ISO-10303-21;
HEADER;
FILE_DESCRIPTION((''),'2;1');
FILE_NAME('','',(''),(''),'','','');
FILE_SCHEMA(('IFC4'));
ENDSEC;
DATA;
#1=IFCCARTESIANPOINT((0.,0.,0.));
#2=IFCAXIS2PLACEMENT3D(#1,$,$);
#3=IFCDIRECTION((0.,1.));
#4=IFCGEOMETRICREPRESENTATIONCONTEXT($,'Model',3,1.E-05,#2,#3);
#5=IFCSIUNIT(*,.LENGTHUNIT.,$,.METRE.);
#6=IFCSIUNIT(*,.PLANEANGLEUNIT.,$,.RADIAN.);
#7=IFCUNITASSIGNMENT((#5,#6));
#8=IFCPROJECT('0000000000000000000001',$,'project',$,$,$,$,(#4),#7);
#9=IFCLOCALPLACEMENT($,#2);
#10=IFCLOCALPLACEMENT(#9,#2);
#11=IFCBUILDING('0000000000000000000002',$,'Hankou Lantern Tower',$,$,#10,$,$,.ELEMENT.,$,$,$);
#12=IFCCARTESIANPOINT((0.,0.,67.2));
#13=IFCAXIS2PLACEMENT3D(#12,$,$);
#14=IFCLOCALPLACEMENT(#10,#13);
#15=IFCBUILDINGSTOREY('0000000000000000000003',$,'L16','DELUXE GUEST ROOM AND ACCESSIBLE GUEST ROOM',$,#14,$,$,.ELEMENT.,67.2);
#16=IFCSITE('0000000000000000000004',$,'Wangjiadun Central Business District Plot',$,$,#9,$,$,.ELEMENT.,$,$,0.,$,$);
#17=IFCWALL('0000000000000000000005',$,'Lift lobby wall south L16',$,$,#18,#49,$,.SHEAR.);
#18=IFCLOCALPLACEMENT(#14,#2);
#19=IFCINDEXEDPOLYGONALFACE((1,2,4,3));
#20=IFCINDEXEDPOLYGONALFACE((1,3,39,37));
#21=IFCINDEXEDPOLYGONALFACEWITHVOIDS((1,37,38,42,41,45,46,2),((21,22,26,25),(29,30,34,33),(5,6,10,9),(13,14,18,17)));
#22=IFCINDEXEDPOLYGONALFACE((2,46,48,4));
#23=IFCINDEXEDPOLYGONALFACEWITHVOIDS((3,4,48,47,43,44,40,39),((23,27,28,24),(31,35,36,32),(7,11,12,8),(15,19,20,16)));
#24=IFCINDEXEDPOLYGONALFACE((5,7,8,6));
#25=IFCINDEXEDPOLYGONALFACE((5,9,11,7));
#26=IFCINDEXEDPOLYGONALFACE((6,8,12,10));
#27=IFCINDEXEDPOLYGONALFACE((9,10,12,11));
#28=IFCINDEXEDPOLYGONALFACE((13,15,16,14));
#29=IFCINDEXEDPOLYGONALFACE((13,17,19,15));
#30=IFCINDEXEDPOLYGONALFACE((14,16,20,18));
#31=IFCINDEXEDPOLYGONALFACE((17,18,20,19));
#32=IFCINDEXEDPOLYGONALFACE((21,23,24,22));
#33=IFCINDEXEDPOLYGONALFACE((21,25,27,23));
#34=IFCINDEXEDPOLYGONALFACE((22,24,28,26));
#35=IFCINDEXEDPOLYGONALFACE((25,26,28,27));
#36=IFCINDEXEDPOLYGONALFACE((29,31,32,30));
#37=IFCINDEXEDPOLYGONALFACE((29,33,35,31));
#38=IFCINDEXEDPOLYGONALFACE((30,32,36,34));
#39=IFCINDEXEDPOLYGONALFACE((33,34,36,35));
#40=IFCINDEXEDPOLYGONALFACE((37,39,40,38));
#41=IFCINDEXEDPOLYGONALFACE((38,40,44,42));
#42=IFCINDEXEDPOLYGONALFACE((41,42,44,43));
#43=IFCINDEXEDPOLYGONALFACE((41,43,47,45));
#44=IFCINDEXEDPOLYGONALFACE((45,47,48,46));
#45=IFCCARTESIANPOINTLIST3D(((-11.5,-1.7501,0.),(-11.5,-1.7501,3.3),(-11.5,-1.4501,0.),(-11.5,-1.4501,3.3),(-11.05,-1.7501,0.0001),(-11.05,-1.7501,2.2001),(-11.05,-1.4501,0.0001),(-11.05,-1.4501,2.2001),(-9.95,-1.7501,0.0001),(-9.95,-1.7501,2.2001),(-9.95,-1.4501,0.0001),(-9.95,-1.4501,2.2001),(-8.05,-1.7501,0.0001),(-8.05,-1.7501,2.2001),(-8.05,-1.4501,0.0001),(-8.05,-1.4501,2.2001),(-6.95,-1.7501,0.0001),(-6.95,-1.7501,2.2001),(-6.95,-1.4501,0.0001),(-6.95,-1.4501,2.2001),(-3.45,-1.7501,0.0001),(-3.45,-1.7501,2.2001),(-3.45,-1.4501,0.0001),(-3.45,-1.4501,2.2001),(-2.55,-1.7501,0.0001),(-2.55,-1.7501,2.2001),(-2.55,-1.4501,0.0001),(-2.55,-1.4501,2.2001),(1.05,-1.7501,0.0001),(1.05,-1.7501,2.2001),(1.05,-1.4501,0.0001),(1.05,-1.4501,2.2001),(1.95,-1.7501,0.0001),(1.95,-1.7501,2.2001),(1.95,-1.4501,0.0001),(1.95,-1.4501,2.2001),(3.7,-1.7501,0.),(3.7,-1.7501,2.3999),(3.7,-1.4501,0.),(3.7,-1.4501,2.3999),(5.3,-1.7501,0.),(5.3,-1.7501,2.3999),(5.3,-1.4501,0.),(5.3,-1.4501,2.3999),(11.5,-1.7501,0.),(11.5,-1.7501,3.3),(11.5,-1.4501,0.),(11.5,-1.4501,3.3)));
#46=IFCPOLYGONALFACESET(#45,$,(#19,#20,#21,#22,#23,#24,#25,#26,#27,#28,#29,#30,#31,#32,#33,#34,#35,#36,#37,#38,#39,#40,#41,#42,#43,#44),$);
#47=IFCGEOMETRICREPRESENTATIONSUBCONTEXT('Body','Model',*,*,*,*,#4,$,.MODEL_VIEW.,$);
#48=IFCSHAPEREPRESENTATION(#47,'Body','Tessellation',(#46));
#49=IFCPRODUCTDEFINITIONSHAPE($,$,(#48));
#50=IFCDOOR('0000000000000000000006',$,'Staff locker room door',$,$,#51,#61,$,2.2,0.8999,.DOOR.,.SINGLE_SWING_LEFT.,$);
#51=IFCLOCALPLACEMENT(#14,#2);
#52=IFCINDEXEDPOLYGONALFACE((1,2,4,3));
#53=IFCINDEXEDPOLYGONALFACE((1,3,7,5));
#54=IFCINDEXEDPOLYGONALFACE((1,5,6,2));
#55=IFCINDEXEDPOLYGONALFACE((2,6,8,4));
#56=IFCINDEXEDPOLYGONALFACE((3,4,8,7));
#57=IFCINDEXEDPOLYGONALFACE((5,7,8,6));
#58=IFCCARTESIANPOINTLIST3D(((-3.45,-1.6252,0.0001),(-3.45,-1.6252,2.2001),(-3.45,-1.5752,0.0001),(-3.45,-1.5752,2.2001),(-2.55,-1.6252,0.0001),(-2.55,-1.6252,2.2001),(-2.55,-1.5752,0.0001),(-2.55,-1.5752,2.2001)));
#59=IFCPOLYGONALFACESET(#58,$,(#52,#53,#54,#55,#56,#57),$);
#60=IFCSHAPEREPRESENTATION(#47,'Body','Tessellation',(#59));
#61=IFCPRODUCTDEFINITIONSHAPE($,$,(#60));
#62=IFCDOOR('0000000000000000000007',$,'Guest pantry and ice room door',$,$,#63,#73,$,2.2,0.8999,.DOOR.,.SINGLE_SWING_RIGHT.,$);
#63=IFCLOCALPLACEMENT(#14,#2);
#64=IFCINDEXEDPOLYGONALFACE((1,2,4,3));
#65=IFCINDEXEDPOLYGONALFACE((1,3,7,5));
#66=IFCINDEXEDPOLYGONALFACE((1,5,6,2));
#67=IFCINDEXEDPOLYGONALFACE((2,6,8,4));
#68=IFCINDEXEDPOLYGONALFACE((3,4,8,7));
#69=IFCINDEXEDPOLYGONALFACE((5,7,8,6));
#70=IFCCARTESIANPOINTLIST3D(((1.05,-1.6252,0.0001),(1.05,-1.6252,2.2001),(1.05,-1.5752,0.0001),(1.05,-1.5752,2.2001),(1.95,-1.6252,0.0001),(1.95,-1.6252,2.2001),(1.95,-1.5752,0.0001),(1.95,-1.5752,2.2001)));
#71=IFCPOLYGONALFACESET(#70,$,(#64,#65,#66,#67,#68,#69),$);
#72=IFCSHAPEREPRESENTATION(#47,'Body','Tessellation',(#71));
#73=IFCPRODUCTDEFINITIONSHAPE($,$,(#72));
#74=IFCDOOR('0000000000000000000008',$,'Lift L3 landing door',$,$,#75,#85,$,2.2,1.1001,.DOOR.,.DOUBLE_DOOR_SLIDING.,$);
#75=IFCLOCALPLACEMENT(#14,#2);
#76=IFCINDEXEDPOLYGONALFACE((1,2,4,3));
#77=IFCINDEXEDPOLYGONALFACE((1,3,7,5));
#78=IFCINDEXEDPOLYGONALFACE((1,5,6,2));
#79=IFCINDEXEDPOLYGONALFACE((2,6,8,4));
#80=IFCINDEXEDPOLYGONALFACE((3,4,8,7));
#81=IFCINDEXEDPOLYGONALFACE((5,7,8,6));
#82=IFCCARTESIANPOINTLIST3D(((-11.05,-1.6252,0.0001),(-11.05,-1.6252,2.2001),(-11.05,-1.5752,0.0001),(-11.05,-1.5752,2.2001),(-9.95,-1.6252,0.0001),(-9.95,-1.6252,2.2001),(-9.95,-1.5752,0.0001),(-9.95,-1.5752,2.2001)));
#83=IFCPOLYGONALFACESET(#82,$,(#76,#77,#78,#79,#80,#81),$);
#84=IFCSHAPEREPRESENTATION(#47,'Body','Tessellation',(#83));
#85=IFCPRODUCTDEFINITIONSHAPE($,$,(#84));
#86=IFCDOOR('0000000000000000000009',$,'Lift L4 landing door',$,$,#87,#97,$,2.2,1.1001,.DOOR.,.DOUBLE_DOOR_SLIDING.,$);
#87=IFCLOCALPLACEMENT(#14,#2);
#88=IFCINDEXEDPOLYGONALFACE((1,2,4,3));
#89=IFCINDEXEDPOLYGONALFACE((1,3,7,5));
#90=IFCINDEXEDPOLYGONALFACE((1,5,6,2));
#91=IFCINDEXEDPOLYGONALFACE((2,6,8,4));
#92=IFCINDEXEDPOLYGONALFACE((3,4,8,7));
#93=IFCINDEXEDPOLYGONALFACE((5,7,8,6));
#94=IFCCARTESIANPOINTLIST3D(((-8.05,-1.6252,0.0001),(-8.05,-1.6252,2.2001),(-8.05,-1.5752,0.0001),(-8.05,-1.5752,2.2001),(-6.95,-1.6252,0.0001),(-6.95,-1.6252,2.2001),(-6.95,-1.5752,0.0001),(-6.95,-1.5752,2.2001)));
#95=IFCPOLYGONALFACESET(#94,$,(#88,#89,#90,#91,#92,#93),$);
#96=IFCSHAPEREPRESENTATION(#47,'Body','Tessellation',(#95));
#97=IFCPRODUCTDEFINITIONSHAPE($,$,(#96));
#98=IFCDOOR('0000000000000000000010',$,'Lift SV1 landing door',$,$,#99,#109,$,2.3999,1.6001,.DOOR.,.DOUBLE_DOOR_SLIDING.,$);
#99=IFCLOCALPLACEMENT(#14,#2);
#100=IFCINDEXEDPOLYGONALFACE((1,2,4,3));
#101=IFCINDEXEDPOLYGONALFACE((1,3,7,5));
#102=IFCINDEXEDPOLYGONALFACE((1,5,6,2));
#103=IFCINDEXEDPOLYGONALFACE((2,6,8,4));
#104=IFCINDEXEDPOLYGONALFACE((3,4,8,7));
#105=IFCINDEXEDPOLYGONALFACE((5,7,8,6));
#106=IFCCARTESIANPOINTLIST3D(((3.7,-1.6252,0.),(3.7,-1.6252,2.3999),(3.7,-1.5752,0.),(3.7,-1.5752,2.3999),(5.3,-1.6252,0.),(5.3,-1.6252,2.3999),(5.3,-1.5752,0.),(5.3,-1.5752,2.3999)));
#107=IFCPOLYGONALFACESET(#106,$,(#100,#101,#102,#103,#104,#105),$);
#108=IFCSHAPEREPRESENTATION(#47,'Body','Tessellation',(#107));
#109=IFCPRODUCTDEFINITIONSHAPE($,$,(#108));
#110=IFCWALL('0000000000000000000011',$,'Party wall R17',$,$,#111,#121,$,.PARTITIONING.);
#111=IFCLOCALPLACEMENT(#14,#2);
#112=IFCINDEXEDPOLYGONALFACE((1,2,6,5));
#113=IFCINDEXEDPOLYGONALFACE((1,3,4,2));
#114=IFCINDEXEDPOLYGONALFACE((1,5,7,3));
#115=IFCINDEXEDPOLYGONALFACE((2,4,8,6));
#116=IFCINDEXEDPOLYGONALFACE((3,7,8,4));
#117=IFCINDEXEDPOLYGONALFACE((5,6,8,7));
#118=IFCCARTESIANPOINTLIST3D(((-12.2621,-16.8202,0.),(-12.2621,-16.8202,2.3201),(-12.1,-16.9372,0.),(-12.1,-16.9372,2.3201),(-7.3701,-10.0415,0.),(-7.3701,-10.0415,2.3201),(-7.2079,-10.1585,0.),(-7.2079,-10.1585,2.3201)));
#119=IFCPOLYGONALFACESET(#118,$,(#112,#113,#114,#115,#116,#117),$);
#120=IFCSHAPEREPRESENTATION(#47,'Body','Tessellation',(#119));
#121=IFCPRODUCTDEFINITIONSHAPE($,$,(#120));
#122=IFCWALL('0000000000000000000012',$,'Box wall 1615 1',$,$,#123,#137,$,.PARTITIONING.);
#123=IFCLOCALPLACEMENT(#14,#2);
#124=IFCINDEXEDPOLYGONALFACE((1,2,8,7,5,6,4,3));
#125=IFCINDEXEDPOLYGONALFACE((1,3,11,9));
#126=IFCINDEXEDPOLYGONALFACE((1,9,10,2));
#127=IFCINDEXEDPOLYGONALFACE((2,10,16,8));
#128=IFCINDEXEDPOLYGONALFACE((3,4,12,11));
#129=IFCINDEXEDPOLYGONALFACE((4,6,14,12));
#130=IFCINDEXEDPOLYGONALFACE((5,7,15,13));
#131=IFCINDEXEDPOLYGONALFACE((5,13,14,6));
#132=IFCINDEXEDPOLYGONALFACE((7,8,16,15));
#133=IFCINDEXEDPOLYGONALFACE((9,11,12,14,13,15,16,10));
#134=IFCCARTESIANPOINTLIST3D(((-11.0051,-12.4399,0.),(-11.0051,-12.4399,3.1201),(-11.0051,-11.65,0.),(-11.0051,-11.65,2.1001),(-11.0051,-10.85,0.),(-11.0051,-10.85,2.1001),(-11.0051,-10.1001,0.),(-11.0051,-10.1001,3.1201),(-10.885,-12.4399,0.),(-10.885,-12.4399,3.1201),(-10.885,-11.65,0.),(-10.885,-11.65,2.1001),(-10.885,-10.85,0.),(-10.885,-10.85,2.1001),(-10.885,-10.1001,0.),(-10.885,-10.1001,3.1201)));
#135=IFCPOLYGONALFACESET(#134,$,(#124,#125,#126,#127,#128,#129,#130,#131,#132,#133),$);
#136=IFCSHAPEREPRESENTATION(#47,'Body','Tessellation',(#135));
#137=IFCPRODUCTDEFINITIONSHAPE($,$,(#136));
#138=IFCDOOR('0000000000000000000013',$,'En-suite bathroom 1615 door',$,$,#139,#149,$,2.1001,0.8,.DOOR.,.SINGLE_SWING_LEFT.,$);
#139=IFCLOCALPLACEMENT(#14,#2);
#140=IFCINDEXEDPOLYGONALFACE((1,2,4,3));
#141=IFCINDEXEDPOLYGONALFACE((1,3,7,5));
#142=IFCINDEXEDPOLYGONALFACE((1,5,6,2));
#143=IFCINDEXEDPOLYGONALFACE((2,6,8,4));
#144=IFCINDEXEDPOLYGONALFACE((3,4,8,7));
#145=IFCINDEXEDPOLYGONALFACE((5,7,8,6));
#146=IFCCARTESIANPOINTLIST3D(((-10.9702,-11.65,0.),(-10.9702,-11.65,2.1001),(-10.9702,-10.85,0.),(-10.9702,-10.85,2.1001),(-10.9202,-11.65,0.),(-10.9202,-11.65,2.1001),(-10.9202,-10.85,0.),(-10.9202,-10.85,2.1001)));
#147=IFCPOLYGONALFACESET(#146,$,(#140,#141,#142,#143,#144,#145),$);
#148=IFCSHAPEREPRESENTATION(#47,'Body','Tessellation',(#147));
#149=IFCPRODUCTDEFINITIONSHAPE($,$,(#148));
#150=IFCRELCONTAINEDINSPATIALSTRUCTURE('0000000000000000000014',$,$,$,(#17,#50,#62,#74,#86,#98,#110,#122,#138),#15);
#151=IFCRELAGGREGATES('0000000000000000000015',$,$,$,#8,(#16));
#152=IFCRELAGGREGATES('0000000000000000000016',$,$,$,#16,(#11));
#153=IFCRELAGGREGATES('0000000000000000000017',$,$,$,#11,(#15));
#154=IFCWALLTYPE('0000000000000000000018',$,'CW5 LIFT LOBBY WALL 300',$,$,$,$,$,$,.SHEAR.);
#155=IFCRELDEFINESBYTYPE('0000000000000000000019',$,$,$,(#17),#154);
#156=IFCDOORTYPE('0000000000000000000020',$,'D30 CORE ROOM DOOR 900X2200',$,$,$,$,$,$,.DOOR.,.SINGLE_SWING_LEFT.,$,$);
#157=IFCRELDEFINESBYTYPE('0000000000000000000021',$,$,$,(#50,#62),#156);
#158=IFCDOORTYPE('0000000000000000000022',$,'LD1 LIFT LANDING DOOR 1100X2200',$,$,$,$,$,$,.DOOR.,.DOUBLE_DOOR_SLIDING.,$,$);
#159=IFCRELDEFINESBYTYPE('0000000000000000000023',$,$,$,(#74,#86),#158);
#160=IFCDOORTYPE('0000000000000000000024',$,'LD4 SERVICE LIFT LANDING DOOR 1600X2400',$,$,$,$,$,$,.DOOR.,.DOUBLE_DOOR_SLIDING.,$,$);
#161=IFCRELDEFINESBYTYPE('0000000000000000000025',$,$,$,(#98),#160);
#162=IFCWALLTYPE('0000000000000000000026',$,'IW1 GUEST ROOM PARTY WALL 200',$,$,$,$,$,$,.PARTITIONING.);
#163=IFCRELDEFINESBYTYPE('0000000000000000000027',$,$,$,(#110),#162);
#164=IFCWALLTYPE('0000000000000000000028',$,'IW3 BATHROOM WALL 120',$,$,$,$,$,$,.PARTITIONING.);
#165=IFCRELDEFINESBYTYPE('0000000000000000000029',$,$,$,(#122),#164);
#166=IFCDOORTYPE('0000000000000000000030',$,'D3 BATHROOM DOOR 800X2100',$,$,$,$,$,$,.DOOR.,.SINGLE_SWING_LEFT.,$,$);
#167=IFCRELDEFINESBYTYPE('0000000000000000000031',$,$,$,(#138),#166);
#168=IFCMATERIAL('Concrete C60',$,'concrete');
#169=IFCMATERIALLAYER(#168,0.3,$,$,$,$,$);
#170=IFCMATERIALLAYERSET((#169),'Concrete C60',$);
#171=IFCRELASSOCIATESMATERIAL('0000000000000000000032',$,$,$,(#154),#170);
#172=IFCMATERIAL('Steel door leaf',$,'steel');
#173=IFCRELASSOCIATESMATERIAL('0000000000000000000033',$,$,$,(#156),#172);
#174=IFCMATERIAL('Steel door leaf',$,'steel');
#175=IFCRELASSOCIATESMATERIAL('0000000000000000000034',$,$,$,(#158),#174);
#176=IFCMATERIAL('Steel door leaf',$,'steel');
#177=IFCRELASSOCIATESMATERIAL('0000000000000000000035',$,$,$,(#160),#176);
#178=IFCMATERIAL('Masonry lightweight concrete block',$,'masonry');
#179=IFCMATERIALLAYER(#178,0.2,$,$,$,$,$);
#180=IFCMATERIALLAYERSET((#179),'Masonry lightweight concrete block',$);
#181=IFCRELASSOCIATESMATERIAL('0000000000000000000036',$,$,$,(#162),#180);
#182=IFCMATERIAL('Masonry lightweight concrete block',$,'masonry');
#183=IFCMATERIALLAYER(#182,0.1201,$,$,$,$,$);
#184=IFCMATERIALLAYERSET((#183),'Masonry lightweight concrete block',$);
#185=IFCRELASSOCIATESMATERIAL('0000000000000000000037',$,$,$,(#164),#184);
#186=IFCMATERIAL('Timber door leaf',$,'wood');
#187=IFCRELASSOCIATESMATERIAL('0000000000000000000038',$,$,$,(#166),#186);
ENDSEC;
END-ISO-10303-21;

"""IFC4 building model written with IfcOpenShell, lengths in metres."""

from ifc_helpers import new_model, si_unit, direction, frame, frame_2d, origin, place, context, subcontext, project, spatial, rectangle, extrude, material, layer, layer_set, type_object, element, fill, save


model = new_model("IFC4")

# Units and contexts
model_context = context("Model", 3, precision=1e-05, world=origin(), true_north=direction((0.0, 1.0)))
body_context = subcontext(model_context, "Body", "Model", "MODEL_VIEW")
ifc_project = project(units=[si_unit("LENGTHUNIT", "METRE"), si_unit("PLANEANGLEUNIT", "RADIAN")], contexts=[model_context])

# Site, building, storey
site_placement = place(None, origin())
site = spatial("IfcSite", under=ifc_project, at=site_placement, Name="Wangjiadun Central Business District Plot", CompositionType="ELEMENT", RefElevation=0.0)
building_placement = place(site_placement, origin())
building = spatial("IfcBuilding", under=site, at=building_placement, Name="Hankou Lantern Tower", CompositionType="ELEMENT")
storey_placement = place(building_placement, frame((0.0, 0.0, 67.2)))
storey = spatial("IfcBuildingStorey", under=building, at=storey_placement, Name="L16", Description="DELUXE GUEST ROOM AND ACCESSIBLE GUEST ROOM", CompositionType="ELEMENT", Elevation=67.2)

# Wall, openings, doors
ifc_material_1 = material(Name="Concrete C60", Category="concrete")
ifc_layer_1 = layer(ifc_material_1, 0.3)
ifc_layer_set_1 = layer_set([ifc_layer_1], Name="Concrete C60")
wall_type_1 = type_object("IfcWallType", Name="CW5 LIFT LOBBY WALL 300", PredefinedType="SHEAR", material=ifc_layer_set_1)
ifc_material_2 = material(Name="Steel door leaf", Category="steel")
door_type_1 = type_object("IfcDoorType", Name="D30 CORE ROOM DOOR 900X2200", OperationType="SINGLE_SWING_LEFT", PredefinedType="DOOR", material=ifc_material_2)
ifc_material_3 = material(Name="Steel door leaf", Category="steel")
door_type_2 = type_object("IfcDoorType", Name="LD1 LIFT LANDING DOOR 1100X2200", OperationType="DOUBLE_DOOR_SLIDING", PredefinedType="DOOR", material=ifc_material_3)
wall_1_placement = place(storey_placement, frame((-11.5, -1.6001, 0.0), z_axis=(0.0, 0.0, 1.0), x_axis=(1.0, 0.0, 0.0)))
wall_1 = element("IfcWall", 1, at=wall_1_placement, inside=storey, type_object=wall_type_1, Name="Lift lobby wall south L16", PredefinedType="SHEAR", context=body_context, shape_type="SweptSolid", body=[
    extrude(rectangle(XDim=23.0, YDim=0.3, at=frame_2d((11.5, 0.0))), origin(), (0.0, 0.0, 1.0), 3.3),
])
opening_1_placement = place(wall_1_placement, frame((0.45, 0.0, 0.0)))
opening_1 = element("IfcOpeningElement", 2, at=opening_1_placement, cuts=wall_1, PredefinedType="OPENING", context=body_context, shape_type="SweptSolid", body=[
    extrude(rectangle(XDim=1.1001, YDim=2.2, at=frame_2d((0.55, 1.1001))), frame((0.0, 0.1599, 0.0), z_axis=(0.0, -1.0, 0.0), x_axis=(1.0, 0.0, 0.0)), (0.0, 0.0, 1.0), 0.3201),
])
opening_2_placement = place(wall_1_placement, frame((3.45, 0.0, 0.0)))
opening_2 = element("IfcOpeningElement", 3, at=opening_2_placement, cuts=wall_1, PredefinedType="OPENING", context=body_context, shape_type="SweptSolid", body=[
    extrude(rectangle(XDim=1.1001, YDim=2.2, at=frame_2d((0.55, 1.1001))), frame((0.0, 0.1599, 0.0), z_axis=(0.0, -1.0, 0.0), x_axis=(1.0, 0.0, 0.0)), (0.0, 0.0, 1.0), 0.3201),
])
opening_3_placement = place(wall_1_placement, frame((15.2, 0.0, 0.0)))
opening_3 = element("IfcOpeningElement", 4, at=opening_3_placement, cuts=wall_1, PredefinedType="OPENING", context=body_context, shape_type="SweptSolid", body=[
    extrude(rectangle(XDim=1.6001, YDim=2.3999, at=frame_2d((0.8, 1.2))), frame((0.0, 0.1599, 0.0), z_axis=(0.0, -1.0, 0.0), x_axis=(1.0, 0.0, 0.0)), (0.0, 0.0, 1.0), 0.3201),
])
opening_4_placement = place(wall_1_placement, frame((8.05, 0.0, 0.0)))
opening_4 = element("IfcOpeningElement", 5, at=opening_4_placement, cuts=wall_1, PredefinedType="OPENING", context=body_context, shape_type="SweptSolid", body=[
    extrude(rectangle(XDim=0.8999, YDim=2.2, at=frame_2d((0.45, 1.1001))), frame((0.0, 0.1599, 0.0), z_axis=(0.0, -1.0, 0.0), x_axis=(1.0, 0.0, 0.0)), (0.0, 0.0, 1.0), 0.3201),
])
opening_5_placement = place(wall_1_placement, frame((12.55, 0.0, 0.0)))
opening_5 = element("IfcOpeningElement", 6, at=opening_5_placement, cuts=wall_1, PredefinedType="OPENING", context=body_context, shape_type="SweptSolid", body=[
    extrude(rectangle(XDim=0.8999, YDim=2.2, at=frame_2d((0.45, 1.1001))), frame((0.0, 0.1599, 0.0), z_axis=(0.0, -1.0, 0.0), x_axis=(1.0, 0.0, 0.0)), (0.0, 0.0, 1.0), 0.3201),
])
door_1_placement = place(opening_4_placement, origin())
door_1 = element("IfcDoor", 7, at=door_1_placement, inside=storey, type_object=door_type_1, Name="Staff locker room door", OperationType="SINGLE_SWING_LEFT", OverallHeight=2.2, OverallWidth=0.8999, PredefinedType="DOOR", context=body_context, shape_type="SweptSolid", body=[
    extrude(rectangle(XDim=0.8999, YDim=2.2, at=frame_2d((0.45, 1.1001))), frame((0.0, 0.0249, 0.0), z_axis=(0.0, -1.0, 0.0), x_axis=(1.0, 0.0, 0.0)), (0.0, 0.0, 1.0), 0.05),
])
fill(opening_4, door_1)
door_2_placement = place(opening_5_placement, origin())
door_2 = element("IfcDoor", 8, at=door_2_placement, inside=storey, type_object=door_type_1, Name="Guest pantry and ice room door", OperationType="SINGLE_SWING_RIGHT", OverallHeight=2.2, OverallWidth=0.8999, PredefinedType="DOOR", context=body_context, shape_type="SweptSolid", body=[
    extrude(rectangle(XDim=0.8999, YDim=2.2, at=frame_2d((0.45, 1.1001))), frame((0.0, 0.0249, 0.0), z_axis=(0.0, -1.0, 0.0), x_axis=(1.0, 0.0, 0.0)), (0.0, 0.0, 1.0), 0.05),
])
fill(opening_5, door_2)
door_3_placement = place(opening_1_placement, origin())
door_3 = element("IfcDoor", 9, at=door_3_placement, inside=storey, type_object=door_type_2, Name="Lift L3 landing door", OperationType="DOUBLE_DOOR_SLIDING", OverallHeight=2.2, OverallWidth=1.1001, PredefinedType="DOOR", context=body_context, shape_type="SweptSolid", body=[
    extrude(rectangle(XDim=1.1001, YDim=2.2, at=frame_2d((0.55, 1.1001))), frame((0.0, 0.0249, 0.0), z_axis=(0.0, -1.0, 0.0), x_axis=(1.0, 0.0, 0.0)), (0.0, 0.0, 1.0), 0.05),
])
fill(opening_1, door_3)
door_4_placement = place(opening_2_placement, origin())
door_4 = element("IfcDoor", 10, at=door_4_placement, inside=storey, type_object=door_type_2, Name="Lift L4 landing door", OperationType="DOUBLE_DOOR_SLIDING", OverallHeight=2.2, OverallWidth=1.1001, PredefinedType="DOOR", context=body_context, shape_type="SweptSolid", body=[
    extrude(rectangle(XDim=1.1001, YDim=2.2, at=frame_2d((0.55, 1.1001))), frame((0.0, 0.0249, 0.0), z_axis=(0.0, -1.0, 0.0), x_axis=(1.0, 0.0, 0.0)), (0.0, 0.0, 1.0), 0.05),
])
fill(opening_2, door_4)
ifc_material_4 = material(Name="Steel door leaf", Category="steel")
door_type_3 = type_object("IfcDoorType", Name="LD4 SERVICE LIFT LANDING DOOR 1600X2400", OperationType="DOUBLE_DOOR_SLIDING", PredefinedType="DOOR", material=ifc_material_4)
door_5_placement = place(opening_3_placement, origin())
door_5 = element("IfcDoor", 11, at=door_5_placement, inside=storey, type_object=door_type_3, Name="Lift SV1 landing door", OperationType="DOUBLE_DOOR_SLIDING", OverallHeight=2.3999, OverallWidth=1.6001, PredefinedType="DOOR", context=body_context, shape_type="SweptSolid", body=[
    extrude(rectangle(XDim=1.6001, YDim=2.3999, at=frame_2d((0.8, 1.2))), frame((0.0, 0.0249, 0.0), z_axis=(0.0, -1.0, 0.0), x_axis=(1.0, 0.0, 0.0)), (0.0, 0.0, 1.0), 0.05),
])
fill(opening_3, door_5)

# Wall
ifc_material_5 = material(Name="Masonry lightweight concrete block", Category="masonry")
ifc_layer_2 = layer(ifc_material_5, 0.2)
ifc_layer_set_2 = layer_set([ifc_layer_2], Name="Masonry lightweight concrete block")
wall_type_2 = type_object("IfcWallType", Name="IW1 GUEST ROOM PARTY WALL 200", PredefinedType="PARTITIONING", material=ifc_layer_set_2)
wall_2_placement = place(storey_placement, frame((-7.2891, -10.1001, 0.0), z_axis=(0.0, 0.0, 1.0), x_axis=(-0.585198, -0.81089, 0.0)))
element("IfcWall", 12, at=wall_2_placement, inside=storey, type_object=wall_type_2, Name="Party wall R17", PredefinedType="PARTITIONING", context=body_context, shape_type="SweptSolid", body=[
    extrude(rectangle(XDim=8.3596, YDim=0.2, at=frame_2d((4.1797, 0.0))), origin(), (0.0, 0.0, 1.0), 2.3201),
])

# Wall, opening, door
ifc_material_6 = material(Name="Masonry lightweight concrete block", Category="masonry")
ifc_layer_3 = layer(ifc_material_6, 0.1201)
ifc_layer_set_3 = layer_set([ifc_layer_3], Name="Masonry lightweight concrete block")
wall_type_3 = type_object("IfcWallType", Name="IW3 BATHROOM WALL 120", PredefinedType="PARTITIONING", material=ifc_layer_set_3)
wall_3_placement = place(storey_placement, frame((-10.9451, -10.1001, 0.0), z_axis=(0.0, 0.0, 1.0), x_axis=(0.0, -1.0, 0.0)))
wall_3 = element("IfcWall", 13, at=wall_3_placement, inside=storey, type_object=wall_type_3, Name="Box wall 1615 1", PredefinedType="PARTITIONING", context=body_context, shape_type="SweptSolid", body=[
    extrude(rectangle(XDim=2.3398, YDim=0.1201, at=frame_2d((1.1699, 0.0))), origin(), (0.0, 0.0, 1.0), 3.1201),
])
opening_6_placement = place(wall_3_placement, frame((0.75, 0.0, 0.0)))
opening_6 = element("IfcOpeningElement", 14, at=opening_6_placement, cuts=wall_3, PredefinedType="OPENING", context=body_context, shape_type="SweptSolid", body=[
    extrude(rectangle(XDim=0.8, YDim=2.1001, at=frame_2d((0.3999, 1.05))), frame((0.0, 0.0701, 0.0), z_axis=(0.0, -1.0, 0.0), x_axis=(1.0, 0.0, 0.0)), (0.0, 0.0, 1.0), 0.1401),
])
ifc_material_7 = material(Name="Timber door leaf", Category="wood")
door_type_4 = type_object("IfcDoorType", Name="D3 BATHROOM DOOR 800X2100", OperationType="SINGLE_SWING_LEFT", PredefinedType="DOOR", material=ifc_material_7)
door_6_placement = place(opening_6_placement, origin())
door_6 = element("IfcDoor", 15, at=door_6_placement, inside=storey, type_object=door_type_4, Name="En-suite bathroom 1615 door", OperationType="SINGLE_SWING_LEFT", OverallHeight=2.1001, OverallWidth=0.8, PredefinedType="DOOR", context=body_context, shape_type="SweptSolid", body=[
    extrude(rectangle(XDim=0.8, YDim=2.1001, at=frame_2d((0.3999, 1.05))), frame((0.0, 0.0249, 0.0), z_axis=(0.0, -1.0, 0.0), x_axis=(1.0, 0.0, 0.0)), (0.0, 0.0, 1.0), 0.05),
])
fill(opening_6, door_6)

save(model, "model.ifc")
